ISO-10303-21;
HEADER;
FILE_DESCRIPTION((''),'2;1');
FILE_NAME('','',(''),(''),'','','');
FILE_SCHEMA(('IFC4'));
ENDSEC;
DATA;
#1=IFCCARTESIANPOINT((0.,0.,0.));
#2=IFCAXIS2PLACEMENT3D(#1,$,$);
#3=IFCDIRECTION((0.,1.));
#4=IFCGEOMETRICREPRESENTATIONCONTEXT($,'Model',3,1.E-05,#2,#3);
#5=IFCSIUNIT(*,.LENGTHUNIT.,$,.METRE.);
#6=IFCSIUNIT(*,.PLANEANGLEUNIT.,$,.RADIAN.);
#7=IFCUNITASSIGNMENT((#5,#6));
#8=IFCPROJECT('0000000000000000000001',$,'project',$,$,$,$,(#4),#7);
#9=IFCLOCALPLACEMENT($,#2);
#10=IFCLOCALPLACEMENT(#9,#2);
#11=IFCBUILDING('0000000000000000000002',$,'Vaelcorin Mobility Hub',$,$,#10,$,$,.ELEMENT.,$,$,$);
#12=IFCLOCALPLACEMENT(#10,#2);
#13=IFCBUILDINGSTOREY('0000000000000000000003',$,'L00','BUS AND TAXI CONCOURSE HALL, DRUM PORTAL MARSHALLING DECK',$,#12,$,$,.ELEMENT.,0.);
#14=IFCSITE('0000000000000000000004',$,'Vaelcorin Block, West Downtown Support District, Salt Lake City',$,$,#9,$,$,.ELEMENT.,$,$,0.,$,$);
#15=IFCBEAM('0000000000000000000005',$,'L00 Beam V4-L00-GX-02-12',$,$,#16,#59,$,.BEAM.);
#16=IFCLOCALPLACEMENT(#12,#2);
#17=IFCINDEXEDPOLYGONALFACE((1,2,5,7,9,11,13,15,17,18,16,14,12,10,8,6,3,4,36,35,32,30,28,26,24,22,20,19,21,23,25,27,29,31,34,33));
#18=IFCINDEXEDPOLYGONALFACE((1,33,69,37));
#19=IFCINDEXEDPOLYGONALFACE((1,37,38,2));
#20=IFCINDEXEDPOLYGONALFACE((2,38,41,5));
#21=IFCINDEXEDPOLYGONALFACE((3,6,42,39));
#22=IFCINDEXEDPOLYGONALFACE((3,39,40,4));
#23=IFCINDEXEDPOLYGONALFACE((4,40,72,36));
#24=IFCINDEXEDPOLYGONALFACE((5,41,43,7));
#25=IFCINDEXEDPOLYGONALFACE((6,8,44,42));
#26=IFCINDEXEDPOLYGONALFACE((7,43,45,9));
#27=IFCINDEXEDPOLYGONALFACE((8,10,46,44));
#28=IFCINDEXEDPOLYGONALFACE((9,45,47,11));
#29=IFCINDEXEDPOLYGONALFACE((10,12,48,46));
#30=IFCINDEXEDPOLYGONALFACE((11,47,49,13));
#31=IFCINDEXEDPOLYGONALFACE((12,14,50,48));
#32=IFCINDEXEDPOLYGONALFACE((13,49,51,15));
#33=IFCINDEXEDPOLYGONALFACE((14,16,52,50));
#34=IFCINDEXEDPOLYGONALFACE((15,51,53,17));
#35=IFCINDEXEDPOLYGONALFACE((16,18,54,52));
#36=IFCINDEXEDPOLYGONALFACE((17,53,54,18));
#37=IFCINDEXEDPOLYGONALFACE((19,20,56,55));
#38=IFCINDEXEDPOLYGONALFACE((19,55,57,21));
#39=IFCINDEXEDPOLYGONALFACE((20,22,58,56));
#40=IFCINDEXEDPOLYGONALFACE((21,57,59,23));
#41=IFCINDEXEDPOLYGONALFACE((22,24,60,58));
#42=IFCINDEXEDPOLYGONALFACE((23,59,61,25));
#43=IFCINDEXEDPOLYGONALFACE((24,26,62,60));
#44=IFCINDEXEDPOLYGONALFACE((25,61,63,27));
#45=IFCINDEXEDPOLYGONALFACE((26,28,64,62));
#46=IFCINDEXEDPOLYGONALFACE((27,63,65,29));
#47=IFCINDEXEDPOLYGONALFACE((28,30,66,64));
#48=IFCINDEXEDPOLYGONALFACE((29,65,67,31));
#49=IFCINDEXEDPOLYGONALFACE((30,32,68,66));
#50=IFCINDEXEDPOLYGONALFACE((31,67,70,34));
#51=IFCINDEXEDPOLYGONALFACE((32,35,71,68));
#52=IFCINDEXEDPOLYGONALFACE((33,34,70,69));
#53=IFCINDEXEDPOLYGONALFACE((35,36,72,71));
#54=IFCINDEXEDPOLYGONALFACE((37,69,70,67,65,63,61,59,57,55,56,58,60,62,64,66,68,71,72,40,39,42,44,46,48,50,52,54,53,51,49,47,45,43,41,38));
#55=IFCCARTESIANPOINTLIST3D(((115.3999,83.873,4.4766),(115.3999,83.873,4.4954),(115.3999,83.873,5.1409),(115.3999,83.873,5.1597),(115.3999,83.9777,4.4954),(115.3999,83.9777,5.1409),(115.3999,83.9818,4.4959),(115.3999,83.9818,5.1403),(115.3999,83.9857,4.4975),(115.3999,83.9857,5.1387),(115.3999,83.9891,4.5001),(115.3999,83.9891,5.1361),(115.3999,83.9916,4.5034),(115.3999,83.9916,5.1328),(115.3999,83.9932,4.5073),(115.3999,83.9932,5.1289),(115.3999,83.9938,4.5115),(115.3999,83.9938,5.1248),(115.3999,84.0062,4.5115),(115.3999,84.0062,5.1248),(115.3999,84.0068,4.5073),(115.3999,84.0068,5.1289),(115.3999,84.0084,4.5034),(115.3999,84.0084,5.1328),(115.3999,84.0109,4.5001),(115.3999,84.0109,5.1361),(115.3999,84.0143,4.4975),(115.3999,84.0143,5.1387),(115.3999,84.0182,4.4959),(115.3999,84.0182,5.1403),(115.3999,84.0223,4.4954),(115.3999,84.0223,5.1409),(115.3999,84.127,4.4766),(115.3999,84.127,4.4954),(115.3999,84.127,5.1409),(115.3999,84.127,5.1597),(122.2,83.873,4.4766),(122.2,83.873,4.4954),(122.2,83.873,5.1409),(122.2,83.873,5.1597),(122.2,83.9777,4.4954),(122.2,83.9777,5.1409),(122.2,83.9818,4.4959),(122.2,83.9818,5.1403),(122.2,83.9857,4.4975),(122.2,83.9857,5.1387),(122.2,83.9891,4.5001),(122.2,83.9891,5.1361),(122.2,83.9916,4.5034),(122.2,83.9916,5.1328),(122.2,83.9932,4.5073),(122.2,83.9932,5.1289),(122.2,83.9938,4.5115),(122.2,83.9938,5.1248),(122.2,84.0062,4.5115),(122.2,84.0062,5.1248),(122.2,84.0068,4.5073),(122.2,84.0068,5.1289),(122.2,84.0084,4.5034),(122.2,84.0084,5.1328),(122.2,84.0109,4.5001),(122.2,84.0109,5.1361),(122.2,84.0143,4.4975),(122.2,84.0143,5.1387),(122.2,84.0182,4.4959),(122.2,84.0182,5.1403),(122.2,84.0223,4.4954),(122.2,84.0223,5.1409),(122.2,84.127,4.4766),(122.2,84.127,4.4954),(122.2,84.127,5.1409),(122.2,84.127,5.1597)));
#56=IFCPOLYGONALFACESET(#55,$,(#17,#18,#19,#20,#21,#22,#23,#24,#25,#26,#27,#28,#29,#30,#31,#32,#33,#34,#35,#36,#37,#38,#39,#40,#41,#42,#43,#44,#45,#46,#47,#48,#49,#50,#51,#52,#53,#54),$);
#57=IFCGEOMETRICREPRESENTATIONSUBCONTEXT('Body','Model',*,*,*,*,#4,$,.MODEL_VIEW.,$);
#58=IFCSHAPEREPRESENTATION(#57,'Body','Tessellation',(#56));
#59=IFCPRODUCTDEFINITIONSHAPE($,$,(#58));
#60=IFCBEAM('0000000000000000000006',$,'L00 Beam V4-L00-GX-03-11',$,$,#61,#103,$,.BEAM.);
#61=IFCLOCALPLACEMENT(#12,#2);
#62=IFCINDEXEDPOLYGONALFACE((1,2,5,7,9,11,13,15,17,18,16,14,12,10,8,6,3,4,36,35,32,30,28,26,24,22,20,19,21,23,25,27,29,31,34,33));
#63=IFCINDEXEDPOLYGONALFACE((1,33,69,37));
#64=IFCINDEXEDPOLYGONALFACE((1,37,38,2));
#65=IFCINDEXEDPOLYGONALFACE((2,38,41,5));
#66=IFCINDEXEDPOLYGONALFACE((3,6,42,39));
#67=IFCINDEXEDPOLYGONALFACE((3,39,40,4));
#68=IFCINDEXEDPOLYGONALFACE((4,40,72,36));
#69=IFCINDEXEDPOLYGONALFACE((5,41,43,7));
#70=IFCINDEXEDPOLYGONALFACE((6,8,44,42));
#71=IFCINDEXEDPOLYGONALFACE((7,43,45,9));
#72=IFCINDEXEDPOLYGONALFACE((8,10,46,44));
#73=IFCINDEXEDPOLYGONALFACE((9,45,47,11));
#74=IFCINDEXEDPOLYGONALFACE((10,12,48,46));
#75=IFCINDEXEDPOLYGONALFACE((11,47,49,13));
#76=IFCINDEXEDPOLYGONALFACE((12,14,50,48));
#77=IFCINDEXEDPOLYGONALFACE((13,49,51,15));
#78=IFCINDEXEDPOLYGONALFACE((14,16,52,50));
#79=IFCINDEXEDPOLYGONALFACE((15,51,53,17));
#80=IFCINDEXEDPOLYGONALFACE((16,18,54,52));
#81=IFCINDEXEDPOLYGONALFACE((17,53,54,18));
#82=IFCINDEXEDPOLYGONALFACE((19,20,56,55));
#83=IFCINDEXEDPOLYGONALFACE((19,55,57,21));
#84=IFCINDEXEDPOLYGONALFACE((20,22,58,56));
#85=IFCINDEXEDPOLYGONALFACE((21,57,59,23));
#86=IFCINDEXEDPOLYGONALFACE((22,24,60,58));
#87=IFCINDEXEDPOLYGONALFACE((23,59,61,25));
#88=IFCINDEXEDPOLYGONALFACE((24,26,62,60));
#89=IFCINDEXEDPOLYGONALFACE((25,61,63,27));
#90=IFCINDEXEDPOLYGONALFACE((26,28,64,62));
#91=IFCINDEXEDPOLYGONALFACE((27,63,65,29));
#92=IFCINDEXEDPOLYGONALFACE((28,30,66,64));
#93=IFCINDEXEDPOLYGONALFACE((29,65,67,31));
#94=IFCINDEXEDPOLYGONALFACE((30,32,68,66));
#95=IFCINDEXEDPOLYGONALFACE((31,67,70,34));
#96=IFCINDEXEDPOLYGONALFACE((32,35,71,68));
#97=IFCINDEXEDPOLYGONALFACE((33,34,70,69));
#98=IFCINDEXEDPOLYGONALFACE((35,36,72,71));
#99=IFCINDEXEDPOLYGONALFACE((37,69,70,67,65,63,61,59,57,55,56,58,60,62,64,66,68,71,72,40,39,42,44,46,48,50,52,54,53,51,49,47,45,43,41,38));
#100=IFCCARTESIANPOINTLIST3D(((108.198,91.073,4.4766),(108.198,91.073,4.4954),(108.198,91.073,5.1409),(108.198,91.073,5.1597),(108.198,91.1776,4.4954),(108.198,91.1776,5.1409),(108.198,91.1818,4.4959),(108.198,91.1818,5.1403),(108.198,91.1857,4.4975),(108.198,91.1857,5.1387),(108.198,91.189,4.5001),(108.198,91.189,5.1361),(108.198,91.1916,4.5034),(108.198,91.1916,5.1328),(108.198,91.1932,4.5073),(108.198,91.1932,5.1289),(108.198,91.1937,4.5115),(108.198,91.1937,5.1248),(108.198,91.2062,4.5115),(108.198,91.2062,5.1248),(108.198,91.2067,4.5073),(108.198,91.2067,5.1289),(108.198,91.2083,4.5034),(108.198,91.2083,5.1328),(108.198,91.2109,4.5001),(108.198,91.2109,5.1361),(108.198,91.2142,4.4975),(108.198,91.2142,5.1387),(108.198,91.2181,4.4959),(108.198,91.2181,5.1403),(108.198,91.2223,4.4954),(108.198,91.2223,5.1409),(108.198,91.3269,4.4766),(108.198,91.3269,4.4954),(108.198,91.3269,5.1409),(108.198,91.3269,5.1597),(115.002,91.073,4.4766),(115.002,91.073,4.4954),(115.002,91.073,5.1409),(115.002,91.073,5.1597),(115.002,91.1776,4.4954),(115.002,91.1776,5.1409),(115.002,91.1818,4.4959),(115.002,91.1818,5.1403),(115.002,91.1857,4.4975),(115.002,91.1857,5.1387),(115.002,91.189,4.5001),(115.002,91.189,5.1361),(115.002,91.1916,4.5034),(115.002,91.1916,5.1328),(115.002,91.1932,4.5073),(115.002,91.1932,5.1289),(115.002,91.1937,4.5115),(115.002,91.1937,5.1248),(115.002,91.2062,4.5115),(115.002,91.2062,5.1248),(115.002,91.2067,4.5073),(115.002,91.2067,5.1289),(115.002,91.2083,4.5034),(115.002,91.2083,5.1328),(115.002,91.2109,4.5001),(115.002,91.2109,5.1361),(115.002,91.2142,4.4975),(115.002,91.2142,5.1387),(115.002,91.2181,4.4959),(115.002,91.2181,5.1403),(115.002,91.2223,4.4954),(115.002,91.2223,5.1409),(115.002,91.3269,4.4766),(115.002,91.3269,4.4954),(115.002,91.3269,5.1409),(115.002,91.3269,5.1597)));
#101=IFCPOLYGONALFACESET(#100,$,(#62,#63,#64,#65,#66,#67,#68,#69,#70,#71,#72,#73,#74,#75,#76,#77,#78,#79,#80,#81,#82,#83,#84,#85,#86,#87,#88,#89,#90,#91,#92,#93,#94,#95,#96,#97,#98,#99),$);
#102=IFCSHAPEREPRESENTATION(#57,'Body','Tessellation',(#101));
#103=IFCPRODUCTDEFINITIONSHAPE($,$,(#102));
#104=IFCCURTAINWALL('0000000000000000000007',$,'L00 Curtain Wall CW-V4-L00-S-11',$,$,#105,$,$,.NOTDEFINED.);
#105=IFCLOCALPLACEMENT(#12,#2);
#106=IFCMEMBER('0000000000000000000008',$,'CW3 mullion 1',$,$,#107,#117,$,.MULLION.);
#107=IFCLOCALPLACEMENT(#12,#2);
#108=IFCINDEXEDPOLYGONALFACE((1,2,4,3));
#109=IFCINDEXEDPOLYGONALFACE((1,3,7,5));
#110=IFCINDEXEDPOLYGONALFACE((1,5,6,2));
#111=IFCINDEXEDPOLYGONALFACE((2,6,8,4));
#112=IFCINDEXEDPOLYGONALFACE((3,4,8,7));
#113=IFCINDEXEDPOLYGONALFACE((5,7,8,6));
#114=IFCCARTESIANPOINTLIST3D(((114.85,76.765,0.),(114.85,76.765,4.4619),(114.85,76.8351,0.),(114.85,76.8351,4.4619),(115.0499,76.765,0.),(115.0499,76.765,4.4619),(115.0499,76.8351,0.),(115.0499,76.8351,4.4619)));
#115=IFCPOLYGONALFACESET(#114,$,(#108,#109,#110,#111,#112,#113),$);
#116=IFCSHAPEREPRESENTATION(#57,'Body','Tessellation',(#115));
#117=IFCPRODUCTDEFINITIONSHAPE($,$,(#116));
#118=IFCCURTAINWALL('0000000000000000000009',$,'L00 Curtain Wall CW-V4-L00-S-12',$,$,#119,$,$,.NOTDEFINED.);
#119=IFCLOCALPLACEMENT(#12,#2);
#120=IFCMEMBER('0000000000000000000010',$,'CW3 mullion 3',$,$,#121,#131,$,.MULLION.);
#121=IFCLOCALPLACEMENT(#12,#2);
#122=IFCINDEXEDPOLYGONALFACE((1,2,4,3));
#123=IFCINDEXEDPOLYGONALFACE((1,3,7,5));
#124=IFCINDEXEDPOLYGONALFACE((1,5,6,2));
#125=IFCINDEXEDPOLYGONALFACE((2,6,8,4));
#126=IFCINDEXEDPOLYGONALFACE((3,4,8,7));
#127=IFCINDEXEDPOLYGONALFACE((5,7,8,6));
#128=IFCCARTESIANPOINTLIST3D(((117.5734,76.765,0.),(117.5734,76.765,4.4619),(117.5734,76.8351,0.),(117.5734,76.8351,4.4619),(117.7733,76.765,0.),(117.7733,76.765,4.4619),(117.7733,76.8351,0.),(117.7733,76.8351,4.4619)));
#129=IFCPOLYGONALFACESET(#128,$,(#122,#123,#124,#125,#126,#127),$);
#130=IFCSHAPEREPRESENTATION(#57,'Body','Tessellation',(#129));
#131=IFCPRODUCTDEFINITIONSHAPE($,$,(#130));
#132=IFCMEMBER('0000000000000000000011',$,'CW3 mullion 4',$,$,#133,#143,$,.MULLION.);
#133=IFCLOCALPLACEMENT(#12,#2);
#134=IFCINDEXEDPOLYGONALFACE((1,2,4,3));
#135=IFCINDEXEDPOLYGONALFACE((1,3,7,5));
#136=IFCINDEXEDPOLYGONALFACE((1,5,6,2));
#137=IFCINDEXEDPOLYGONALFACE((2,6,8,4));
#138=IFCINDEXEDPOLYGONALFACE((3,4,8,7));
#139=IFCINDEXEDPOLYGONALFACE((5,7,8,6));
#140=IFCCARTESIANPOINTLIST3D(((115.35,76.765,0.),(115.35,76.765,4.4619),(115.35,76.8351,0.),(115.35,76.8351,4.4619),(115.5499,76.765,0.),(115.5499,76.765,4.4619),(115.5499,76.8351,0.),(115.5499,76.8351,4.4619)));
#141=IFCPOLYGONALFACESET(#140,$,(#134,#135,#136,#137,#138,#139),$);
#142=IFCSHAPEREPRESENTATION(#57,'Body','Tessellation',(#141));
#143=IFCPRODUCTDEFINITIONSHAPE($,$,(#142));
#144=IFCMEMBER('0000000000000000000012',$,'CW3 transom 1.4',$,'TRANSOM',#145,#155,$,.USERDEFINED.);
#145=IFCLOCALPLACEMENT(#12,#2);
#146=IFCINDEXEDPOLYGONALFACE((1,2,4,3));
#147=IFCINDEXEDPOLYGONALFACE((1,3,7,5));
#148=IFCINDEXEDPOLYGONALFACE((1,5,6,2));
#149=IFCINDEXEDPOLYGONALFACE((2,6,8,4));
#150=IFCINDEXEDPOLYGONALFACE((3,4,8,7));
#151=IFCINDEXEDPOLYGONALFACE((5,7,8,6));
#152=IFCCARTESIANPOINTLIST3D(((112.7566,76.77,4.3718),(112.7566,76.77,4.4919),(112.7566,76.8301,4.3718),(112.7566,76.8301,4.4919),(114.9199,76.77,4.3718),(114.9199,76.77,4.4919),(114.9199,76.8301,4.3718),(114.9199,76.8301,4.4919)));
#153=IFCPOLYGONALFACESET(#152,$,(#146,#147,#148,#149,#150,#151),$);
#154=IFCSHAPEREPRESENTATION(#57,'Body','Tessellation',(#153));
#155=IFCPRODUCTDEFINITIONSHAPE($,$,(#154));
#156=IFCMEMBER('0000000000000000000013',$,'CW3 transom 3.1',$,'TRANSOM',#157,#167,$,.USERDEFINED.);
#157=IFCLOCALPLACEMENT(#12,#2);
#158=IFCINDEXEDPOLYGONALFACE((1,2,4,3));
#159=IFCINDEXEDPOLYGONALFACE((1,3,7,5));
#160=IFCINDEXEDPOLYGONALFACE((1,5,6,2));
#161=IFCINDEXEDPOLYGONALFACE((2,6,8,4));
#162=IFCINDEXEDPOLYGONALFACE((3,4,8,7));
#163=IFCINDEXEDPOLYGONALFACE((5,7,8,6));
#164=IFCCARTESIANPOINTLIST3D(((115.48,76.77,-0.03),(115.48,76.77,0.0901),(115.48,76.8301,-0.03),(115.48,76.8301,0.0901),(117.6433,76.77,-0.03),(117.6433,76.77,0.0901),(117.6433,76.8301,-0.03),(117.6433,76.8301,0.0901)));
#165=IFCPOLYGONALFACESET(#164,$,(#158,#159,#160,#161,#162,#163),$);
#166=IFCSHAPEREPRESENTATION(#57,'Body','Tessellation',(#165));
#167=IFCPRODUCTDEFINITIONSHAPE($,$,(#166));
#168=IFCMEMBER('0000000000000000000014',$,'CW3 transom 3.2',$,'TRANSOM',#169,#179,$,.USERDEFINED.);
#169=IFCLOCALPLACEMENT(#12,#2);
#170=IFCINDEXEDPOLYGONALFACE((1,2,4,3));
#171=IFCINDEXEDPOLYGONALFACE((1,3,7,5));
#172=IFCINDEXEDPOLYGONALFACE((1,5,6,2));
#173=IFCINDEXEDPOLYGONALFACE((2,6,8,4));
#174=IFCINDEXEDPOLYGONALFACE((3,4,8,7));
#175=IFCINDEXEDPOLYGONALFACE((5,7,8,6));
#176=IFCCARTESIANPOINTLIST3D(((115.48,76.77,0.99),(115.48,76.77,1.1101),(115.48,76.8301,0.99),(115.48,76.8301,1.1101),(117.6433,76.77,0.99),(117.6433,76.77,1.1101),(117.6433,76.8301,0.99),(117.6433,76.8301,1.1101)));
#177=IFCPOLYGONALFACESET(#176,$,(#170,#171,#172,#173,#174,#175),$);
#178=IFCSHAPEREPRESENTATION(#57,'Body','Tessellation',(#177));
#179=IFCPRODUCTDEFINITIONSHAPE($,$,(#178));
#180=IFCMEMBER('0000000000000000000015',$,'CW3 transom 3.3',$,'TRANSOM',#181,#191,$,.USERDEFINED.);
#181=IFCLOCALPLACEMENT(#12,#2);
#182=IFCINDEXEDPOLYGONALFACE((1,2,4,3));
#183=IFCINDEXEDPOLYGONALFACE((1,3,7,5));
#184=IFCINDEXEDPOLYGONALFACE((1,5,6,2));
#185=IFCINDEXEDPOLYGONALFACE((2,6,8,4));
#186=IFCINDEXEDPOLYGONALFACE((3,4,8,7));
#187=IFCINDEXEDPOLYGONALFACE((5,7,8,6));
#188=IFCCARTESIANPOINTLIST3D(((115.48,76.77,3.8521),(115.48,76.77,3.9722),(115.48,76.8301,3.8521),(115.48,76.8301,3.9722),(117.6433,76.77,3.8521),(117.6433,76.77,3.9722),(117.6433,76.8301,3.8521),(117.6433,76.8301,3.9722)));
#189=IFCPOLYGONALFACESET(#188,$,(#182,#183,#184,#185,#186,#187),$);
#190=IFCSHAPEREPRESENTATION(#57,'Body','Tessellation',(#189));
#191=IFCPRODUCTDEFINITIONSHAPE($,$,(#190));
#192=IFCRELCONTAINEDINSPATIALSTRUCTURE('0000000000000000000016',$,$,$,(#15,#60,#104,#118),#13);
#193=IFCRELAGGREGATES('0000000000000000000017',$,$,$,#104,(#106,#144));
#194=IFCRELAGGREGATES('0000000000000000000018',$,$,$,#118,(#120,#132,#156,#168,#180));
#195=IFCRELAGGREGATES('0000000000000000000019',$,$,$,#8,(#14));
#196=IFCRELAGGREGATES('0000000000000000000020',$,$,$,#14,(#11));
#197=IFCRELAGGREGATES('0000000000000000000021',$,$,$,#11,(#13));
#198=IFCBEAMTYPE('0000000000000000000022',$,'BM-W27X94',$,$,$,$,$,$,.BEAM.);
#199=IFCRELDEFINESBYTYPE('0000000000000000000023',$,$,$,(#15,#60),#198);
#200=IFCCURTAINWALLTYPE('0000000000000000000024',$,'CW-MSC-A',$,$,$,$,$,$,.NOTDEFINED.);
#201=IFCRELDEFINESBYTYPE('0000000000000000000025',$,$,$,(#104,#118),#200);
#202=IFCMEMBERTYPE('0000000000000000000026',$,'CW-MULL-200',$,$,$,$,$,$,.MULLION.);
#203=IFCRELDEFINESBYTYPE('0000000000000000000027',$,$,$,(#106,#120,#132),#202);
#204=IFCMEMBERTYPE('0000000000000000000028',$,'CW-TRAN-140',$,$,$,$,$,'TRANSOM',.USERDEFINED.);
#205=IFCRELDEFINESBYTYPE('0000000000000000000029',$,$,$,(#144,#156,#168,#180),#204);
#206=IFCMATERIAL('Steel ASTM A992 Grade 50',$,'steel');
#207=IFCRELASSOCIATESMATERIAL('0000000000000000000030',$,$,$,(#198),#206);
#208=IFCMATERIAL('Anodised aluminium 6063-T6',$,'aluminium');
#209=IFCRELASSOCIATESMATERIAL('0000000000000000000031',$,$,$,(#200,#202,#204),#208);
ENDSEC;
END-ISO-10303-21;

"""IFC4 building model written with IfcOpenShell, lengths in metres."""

from ifc_helpers import new_model, si_unit, direction, frame, origin, origin_2d, place, context, subcontext, project, spatial, rectangle, i_section, extrude, material, material_profile, profile_set, type_object, element, aggregate, save


model = new_model("IFC4")

# Units and contexts
model_context = context("Model", 3, precision=1e-05, world=origin(), true_north=direction((0.0, 1.0)))
body_context = subcontext(model_context, "Body", "Model", "MODEL_VIEW")
ifc_project = project(units=[si_unit("LENGTHUNIT", "METRE"), si_unit("PLANEANGLEUNIT", "RADIAN")], contexts=[model_context])

# Site, building, storey
site_placement = place(None, origin())
site = spatial("IfcSite", under=ifc_project, at=site_placement, Name="Vaelcorin Block, West Downtown Support District, Salt Lake City", CompositionType="ELEMENT", RefElevation=0.0)
building_placement = place(site_placement, origin())
building = spatial("IfcBuilding", under=site, at=building_placement, Name="Vaelcorin Mobility Hub", CompositionType="ELEMENT")
storey_placement = place(building_placement, origin())
storey = spatial("IfcBuildingStorey", under=building, at=storey_placement, Name="L00", Description="BUS AND TAXI CONCOURSE HALL, DRUM PORTAL MARSHALLING DECK", CompositionType="ELEMENT", Elevation=0.0)

# Shared definitions
ifc_material_1 = material(Name="Steel ASTM A992 Grade 50", Category="steel")

# Beams
ifc_material_profile_1 = material_profile(ifc_material_1, i_section(OverallWidth=0.2539, OverallDepth=0.6831, WebThickness=0.0125, FlangeThickness=0.0188, FilletRadius=0.0161, at=origin_2d()), Name="W27X94")
ifc_profile_set_1 = profile_set([ifc_material_profile_1], Name="Steel ASTM A992 Grade 50")
beam_type_1 = type_object("IfcBeamType", Name="BM-W27X94", PredefinedType="BEAM", material=ifc_profile_set_1)
for number, where, z_axis, x_axis, name in (
    (1, (115.3999, 84.0, 4.8181), (1.0, 0.0, 0.0), (0.0, 1.0, 0.0), "L00 Beam V4-L00-GX-02-12"),
):
    element("IfcBeam", number, at=place(storey_placement, frame(where, z_axis=z_axis, x_axis=x_axis)), inside=storey, type_object=beam_type_1, Name=name, PredefinedType="BEAM", context=body_context, shape_type="SweptSolid", body=[
        extrude(i_section(OverallWidth=0.2539, OverallDepth=0.6831, WebThickness=0.0125, FlangeThickness=0.0188, FilletRadius=0.0161, at=origin_2d()), origin(), (0.0, 0.0, 1.0), 6.8),
    ])
beam_1_placement = place(storey_placement, frame((108.198, 91.2, 4.8181), z_axis=(1.0, 0.0, 0.0), x_axis=(0.0, 1.0, 0.0)))
element("IfcBeam", 2, at=beam_1_placement, inside=storey, type_object=beam_type_1, Name="L00 Beam V4-L00-GX-03-11", PredefinedType="BEAM", context=body_context, shape_type="SweptSolid", body=[
    extrude(i_section(OverallWidth=0.2539, OverallDepth=0.6831, WebThickness=0.0125, FlangeThickness=0.0188, FilletRadius=0.0161, at=origin_2d()), origin(), (0.0, 0.0, 1.0), 6.804),
])

# Curtain wall, member
ifc_material_2 = material(Name="Anodised aluminium 6063-T6", Category="aluminium")
curtain_wall_type = type_object("IfcCurtainWallType", Name="CW-MSC-A", PredefinedType="NOTDEFINED", material=ifc_material_2)
curtain_wall_1_placement = place(storey_placement, origin())
curtain_wall_1 = element("IfcCurtainWall", 3, at=curtain_wall_1_placement, inside=storey, type_object=curtain_wall_type, Name="L00 Curtain Wall CW-V4-L00-S-11", PredefinedType="NOTDEFINED")
ifc_material_profile_2 = material_profile(ifc_material_2, rectangle(XDim=0.0701, YDim=0.2, at=origin_2d()), Name="ALU-M70X200")
ifc_profile_set_2 = profile_set([ifc_material_profile_2], Name="Anodised aluminium 6063-T6")
member_type_1 = type_object("IfcMemberType", Name="CW-MULL-200", PredefinedType="MULLION", material=ifc_profile_set_2)
member_1_placement = place(storey_placement, frame((114.95, 76.8, 0.0), z_axis=(0.0, 0.0, 1.0), x_axis=(0.0, -1.0, 0.0)))
member_1 = element("IfcMember", 4, at=member_1_placement, type_object=member_type_1, Name="CW3 mullion 1", PredefinedType="MULLION", context=body_context, shape_type="SweptSolid", body=[
    extrude(rectangle(XDim=0.0701, YDim=0.2, at=origin_2d()), origin(), (0.0, 0.0, 1.0), 4.4619),
])

# Curtain wall, members
curtain_wall_2_placement = place(storey_placement, origin())
curtain_wall_2 = element("IfcCurtainWall", 5, at=curtain_wall_2_placement, inside=storey, type_object=curtain_wall_type, Name="L00 Curtain Wall CW-V4-L00-S-12", PredefinedType="NOTDEFINED")
member_2_placement = place(storey_placement, frame((117.6733, 76.8, 0.0), z_axis=(0.0, 0.0, 1.0), x_axis=(0.0, -1.0, 0.0)))
member_2 = element("IfcMember", 6, at=member_2_placement, type_object=member_type_1, Name="CW3 mullion 3", PredefinedType="MULLION", context=body_context, shape_type="SweptSolid", body=[
    extrude(rectangle(XDim=0.0701, YDim=0.2, at=origin_2d()), origin(), (0.0, 0.0, 1.0), 4.4619),
])
member_3_placement = place(storey_placement, frame((115.45, 76.8, 0.0), z_axis=(0.0, 0.0, 1.0), x_axis=(0.0, -1.0, 0.0)))
member_3 = element("IfcMember", 7, at=member_3_placement, type_object=member_type_1, Name="CW3 mullion 4", PredefinedType="MULLION", context=body_context, shape_type="SweptSolid", body=[
    extrude(rectangle(XDim=0.0701, YDim=0.2, at=origin_2d()), origin(), (0.0, 0.0, 1.0), 4.4619),
])

# Members
ifc_material_profile_3 = material_profile(ifc_material_2, rectangle(XDim=0.0601, YDim=0.1201, at=origin_2d()), Name="ALU-T60X120")
ifc_profile_set_3 = profile_set([ifc_material_profile_3], Name="Anodised aluminium 6063-T6")
member_type_2 = type_object("IfcMemberType", Name="CW-TRAN-140", ElementType="TRANSOM", PredefinedType="USERDEFINED", material=ifc_profile_set_3)
member_4_placement = place(storey_placement, frame((114.9199, 76.8, 4.4319), z_axis=(-1.0, 0.0, 0.0), x_axis=(0.0, -1.0, 0.0)))
member_4 = element("IfcMember", 8, at=member_4_placement, type_object=member_type_2, Name="CW3 transom 1.4", ObjectType="TRANSOM", PredefinedType="USERDEFINED", context=body_context, shape_type="SweptSolid", body=[
    extrude(rectangle(XDim=0.0601, YDim=0.1201, at=origin_2d()), origin(), (0.0, 0.0, 1.0), 2.1633),
])
aggregate(curtain_wall_1, [member_1, member_4])
member_5_placement = place(storey_placement, frame((117.6433, 76.8, 0.03), z_axis=(-1.0, 0.0, 0.0), x_axis=(0.0, -1.0, 0.0)))
member_5 = element("IfcMember", 9, at=member_5_placement, type_object=member_type_2, Name="CW3 transom 3.1", ObjectType="TRANSOM", PredefinedType="USERDEFINED", context=body_context, shape_type="SweptSolid", body=[
    extrude(rectangle(XDim=0.0601, YDim=0.1201, at=origin_2d()), origin(), (0.0, 0.0, 1.0), 2.1633),
])
member_6_placement = place(storey_placement, frame((117.6433, 76.8, 1.05), z_axis=(-1.0, 0.0, 0.0), x_axis=(0.0, -1.0, 0.0)))
member_6 = element("IfcMember", 10, at=member_6_placement, type_object=member_type_2, Name="CW3 transom 3.2", ObjectType="TRANSOM", PredefinedType="USERDEFINED", context=body_context, shape_type="SweptSolid", body=[
    extrude(rectangle(XDim=0.0601, YDim=0.1201, at=origin_2d()), origin(), (0.0, 0.0, 1.0), 2.1633),
])
member_7_placement = place(storey_placement, frame((117.6433, 76.8, 3.9121), z_axis=(-1.0, 0.0, 0.0), x_axis=(0.0, -1.0, 0.0)))
member_7 = element("IfcMember", 11, at=member_7_placement, type_object=member_type_2, Name="CW3 transom 3.3", ObjectType="TRANSOM", PredefinedType="USERDEFINED", context=body_context, shape_type="SweptSolid", body=[
    extrude(rectangle(XDim=0.0601, YDim=0.1201, at=origin_2d()), origin(), (0.0, 0.0, 1.0), 2.1633),
])

aggregate(curtain_wall_2, [member_2, member_3, member_5, member_6, member_7])

save(model, "model.ifc")
